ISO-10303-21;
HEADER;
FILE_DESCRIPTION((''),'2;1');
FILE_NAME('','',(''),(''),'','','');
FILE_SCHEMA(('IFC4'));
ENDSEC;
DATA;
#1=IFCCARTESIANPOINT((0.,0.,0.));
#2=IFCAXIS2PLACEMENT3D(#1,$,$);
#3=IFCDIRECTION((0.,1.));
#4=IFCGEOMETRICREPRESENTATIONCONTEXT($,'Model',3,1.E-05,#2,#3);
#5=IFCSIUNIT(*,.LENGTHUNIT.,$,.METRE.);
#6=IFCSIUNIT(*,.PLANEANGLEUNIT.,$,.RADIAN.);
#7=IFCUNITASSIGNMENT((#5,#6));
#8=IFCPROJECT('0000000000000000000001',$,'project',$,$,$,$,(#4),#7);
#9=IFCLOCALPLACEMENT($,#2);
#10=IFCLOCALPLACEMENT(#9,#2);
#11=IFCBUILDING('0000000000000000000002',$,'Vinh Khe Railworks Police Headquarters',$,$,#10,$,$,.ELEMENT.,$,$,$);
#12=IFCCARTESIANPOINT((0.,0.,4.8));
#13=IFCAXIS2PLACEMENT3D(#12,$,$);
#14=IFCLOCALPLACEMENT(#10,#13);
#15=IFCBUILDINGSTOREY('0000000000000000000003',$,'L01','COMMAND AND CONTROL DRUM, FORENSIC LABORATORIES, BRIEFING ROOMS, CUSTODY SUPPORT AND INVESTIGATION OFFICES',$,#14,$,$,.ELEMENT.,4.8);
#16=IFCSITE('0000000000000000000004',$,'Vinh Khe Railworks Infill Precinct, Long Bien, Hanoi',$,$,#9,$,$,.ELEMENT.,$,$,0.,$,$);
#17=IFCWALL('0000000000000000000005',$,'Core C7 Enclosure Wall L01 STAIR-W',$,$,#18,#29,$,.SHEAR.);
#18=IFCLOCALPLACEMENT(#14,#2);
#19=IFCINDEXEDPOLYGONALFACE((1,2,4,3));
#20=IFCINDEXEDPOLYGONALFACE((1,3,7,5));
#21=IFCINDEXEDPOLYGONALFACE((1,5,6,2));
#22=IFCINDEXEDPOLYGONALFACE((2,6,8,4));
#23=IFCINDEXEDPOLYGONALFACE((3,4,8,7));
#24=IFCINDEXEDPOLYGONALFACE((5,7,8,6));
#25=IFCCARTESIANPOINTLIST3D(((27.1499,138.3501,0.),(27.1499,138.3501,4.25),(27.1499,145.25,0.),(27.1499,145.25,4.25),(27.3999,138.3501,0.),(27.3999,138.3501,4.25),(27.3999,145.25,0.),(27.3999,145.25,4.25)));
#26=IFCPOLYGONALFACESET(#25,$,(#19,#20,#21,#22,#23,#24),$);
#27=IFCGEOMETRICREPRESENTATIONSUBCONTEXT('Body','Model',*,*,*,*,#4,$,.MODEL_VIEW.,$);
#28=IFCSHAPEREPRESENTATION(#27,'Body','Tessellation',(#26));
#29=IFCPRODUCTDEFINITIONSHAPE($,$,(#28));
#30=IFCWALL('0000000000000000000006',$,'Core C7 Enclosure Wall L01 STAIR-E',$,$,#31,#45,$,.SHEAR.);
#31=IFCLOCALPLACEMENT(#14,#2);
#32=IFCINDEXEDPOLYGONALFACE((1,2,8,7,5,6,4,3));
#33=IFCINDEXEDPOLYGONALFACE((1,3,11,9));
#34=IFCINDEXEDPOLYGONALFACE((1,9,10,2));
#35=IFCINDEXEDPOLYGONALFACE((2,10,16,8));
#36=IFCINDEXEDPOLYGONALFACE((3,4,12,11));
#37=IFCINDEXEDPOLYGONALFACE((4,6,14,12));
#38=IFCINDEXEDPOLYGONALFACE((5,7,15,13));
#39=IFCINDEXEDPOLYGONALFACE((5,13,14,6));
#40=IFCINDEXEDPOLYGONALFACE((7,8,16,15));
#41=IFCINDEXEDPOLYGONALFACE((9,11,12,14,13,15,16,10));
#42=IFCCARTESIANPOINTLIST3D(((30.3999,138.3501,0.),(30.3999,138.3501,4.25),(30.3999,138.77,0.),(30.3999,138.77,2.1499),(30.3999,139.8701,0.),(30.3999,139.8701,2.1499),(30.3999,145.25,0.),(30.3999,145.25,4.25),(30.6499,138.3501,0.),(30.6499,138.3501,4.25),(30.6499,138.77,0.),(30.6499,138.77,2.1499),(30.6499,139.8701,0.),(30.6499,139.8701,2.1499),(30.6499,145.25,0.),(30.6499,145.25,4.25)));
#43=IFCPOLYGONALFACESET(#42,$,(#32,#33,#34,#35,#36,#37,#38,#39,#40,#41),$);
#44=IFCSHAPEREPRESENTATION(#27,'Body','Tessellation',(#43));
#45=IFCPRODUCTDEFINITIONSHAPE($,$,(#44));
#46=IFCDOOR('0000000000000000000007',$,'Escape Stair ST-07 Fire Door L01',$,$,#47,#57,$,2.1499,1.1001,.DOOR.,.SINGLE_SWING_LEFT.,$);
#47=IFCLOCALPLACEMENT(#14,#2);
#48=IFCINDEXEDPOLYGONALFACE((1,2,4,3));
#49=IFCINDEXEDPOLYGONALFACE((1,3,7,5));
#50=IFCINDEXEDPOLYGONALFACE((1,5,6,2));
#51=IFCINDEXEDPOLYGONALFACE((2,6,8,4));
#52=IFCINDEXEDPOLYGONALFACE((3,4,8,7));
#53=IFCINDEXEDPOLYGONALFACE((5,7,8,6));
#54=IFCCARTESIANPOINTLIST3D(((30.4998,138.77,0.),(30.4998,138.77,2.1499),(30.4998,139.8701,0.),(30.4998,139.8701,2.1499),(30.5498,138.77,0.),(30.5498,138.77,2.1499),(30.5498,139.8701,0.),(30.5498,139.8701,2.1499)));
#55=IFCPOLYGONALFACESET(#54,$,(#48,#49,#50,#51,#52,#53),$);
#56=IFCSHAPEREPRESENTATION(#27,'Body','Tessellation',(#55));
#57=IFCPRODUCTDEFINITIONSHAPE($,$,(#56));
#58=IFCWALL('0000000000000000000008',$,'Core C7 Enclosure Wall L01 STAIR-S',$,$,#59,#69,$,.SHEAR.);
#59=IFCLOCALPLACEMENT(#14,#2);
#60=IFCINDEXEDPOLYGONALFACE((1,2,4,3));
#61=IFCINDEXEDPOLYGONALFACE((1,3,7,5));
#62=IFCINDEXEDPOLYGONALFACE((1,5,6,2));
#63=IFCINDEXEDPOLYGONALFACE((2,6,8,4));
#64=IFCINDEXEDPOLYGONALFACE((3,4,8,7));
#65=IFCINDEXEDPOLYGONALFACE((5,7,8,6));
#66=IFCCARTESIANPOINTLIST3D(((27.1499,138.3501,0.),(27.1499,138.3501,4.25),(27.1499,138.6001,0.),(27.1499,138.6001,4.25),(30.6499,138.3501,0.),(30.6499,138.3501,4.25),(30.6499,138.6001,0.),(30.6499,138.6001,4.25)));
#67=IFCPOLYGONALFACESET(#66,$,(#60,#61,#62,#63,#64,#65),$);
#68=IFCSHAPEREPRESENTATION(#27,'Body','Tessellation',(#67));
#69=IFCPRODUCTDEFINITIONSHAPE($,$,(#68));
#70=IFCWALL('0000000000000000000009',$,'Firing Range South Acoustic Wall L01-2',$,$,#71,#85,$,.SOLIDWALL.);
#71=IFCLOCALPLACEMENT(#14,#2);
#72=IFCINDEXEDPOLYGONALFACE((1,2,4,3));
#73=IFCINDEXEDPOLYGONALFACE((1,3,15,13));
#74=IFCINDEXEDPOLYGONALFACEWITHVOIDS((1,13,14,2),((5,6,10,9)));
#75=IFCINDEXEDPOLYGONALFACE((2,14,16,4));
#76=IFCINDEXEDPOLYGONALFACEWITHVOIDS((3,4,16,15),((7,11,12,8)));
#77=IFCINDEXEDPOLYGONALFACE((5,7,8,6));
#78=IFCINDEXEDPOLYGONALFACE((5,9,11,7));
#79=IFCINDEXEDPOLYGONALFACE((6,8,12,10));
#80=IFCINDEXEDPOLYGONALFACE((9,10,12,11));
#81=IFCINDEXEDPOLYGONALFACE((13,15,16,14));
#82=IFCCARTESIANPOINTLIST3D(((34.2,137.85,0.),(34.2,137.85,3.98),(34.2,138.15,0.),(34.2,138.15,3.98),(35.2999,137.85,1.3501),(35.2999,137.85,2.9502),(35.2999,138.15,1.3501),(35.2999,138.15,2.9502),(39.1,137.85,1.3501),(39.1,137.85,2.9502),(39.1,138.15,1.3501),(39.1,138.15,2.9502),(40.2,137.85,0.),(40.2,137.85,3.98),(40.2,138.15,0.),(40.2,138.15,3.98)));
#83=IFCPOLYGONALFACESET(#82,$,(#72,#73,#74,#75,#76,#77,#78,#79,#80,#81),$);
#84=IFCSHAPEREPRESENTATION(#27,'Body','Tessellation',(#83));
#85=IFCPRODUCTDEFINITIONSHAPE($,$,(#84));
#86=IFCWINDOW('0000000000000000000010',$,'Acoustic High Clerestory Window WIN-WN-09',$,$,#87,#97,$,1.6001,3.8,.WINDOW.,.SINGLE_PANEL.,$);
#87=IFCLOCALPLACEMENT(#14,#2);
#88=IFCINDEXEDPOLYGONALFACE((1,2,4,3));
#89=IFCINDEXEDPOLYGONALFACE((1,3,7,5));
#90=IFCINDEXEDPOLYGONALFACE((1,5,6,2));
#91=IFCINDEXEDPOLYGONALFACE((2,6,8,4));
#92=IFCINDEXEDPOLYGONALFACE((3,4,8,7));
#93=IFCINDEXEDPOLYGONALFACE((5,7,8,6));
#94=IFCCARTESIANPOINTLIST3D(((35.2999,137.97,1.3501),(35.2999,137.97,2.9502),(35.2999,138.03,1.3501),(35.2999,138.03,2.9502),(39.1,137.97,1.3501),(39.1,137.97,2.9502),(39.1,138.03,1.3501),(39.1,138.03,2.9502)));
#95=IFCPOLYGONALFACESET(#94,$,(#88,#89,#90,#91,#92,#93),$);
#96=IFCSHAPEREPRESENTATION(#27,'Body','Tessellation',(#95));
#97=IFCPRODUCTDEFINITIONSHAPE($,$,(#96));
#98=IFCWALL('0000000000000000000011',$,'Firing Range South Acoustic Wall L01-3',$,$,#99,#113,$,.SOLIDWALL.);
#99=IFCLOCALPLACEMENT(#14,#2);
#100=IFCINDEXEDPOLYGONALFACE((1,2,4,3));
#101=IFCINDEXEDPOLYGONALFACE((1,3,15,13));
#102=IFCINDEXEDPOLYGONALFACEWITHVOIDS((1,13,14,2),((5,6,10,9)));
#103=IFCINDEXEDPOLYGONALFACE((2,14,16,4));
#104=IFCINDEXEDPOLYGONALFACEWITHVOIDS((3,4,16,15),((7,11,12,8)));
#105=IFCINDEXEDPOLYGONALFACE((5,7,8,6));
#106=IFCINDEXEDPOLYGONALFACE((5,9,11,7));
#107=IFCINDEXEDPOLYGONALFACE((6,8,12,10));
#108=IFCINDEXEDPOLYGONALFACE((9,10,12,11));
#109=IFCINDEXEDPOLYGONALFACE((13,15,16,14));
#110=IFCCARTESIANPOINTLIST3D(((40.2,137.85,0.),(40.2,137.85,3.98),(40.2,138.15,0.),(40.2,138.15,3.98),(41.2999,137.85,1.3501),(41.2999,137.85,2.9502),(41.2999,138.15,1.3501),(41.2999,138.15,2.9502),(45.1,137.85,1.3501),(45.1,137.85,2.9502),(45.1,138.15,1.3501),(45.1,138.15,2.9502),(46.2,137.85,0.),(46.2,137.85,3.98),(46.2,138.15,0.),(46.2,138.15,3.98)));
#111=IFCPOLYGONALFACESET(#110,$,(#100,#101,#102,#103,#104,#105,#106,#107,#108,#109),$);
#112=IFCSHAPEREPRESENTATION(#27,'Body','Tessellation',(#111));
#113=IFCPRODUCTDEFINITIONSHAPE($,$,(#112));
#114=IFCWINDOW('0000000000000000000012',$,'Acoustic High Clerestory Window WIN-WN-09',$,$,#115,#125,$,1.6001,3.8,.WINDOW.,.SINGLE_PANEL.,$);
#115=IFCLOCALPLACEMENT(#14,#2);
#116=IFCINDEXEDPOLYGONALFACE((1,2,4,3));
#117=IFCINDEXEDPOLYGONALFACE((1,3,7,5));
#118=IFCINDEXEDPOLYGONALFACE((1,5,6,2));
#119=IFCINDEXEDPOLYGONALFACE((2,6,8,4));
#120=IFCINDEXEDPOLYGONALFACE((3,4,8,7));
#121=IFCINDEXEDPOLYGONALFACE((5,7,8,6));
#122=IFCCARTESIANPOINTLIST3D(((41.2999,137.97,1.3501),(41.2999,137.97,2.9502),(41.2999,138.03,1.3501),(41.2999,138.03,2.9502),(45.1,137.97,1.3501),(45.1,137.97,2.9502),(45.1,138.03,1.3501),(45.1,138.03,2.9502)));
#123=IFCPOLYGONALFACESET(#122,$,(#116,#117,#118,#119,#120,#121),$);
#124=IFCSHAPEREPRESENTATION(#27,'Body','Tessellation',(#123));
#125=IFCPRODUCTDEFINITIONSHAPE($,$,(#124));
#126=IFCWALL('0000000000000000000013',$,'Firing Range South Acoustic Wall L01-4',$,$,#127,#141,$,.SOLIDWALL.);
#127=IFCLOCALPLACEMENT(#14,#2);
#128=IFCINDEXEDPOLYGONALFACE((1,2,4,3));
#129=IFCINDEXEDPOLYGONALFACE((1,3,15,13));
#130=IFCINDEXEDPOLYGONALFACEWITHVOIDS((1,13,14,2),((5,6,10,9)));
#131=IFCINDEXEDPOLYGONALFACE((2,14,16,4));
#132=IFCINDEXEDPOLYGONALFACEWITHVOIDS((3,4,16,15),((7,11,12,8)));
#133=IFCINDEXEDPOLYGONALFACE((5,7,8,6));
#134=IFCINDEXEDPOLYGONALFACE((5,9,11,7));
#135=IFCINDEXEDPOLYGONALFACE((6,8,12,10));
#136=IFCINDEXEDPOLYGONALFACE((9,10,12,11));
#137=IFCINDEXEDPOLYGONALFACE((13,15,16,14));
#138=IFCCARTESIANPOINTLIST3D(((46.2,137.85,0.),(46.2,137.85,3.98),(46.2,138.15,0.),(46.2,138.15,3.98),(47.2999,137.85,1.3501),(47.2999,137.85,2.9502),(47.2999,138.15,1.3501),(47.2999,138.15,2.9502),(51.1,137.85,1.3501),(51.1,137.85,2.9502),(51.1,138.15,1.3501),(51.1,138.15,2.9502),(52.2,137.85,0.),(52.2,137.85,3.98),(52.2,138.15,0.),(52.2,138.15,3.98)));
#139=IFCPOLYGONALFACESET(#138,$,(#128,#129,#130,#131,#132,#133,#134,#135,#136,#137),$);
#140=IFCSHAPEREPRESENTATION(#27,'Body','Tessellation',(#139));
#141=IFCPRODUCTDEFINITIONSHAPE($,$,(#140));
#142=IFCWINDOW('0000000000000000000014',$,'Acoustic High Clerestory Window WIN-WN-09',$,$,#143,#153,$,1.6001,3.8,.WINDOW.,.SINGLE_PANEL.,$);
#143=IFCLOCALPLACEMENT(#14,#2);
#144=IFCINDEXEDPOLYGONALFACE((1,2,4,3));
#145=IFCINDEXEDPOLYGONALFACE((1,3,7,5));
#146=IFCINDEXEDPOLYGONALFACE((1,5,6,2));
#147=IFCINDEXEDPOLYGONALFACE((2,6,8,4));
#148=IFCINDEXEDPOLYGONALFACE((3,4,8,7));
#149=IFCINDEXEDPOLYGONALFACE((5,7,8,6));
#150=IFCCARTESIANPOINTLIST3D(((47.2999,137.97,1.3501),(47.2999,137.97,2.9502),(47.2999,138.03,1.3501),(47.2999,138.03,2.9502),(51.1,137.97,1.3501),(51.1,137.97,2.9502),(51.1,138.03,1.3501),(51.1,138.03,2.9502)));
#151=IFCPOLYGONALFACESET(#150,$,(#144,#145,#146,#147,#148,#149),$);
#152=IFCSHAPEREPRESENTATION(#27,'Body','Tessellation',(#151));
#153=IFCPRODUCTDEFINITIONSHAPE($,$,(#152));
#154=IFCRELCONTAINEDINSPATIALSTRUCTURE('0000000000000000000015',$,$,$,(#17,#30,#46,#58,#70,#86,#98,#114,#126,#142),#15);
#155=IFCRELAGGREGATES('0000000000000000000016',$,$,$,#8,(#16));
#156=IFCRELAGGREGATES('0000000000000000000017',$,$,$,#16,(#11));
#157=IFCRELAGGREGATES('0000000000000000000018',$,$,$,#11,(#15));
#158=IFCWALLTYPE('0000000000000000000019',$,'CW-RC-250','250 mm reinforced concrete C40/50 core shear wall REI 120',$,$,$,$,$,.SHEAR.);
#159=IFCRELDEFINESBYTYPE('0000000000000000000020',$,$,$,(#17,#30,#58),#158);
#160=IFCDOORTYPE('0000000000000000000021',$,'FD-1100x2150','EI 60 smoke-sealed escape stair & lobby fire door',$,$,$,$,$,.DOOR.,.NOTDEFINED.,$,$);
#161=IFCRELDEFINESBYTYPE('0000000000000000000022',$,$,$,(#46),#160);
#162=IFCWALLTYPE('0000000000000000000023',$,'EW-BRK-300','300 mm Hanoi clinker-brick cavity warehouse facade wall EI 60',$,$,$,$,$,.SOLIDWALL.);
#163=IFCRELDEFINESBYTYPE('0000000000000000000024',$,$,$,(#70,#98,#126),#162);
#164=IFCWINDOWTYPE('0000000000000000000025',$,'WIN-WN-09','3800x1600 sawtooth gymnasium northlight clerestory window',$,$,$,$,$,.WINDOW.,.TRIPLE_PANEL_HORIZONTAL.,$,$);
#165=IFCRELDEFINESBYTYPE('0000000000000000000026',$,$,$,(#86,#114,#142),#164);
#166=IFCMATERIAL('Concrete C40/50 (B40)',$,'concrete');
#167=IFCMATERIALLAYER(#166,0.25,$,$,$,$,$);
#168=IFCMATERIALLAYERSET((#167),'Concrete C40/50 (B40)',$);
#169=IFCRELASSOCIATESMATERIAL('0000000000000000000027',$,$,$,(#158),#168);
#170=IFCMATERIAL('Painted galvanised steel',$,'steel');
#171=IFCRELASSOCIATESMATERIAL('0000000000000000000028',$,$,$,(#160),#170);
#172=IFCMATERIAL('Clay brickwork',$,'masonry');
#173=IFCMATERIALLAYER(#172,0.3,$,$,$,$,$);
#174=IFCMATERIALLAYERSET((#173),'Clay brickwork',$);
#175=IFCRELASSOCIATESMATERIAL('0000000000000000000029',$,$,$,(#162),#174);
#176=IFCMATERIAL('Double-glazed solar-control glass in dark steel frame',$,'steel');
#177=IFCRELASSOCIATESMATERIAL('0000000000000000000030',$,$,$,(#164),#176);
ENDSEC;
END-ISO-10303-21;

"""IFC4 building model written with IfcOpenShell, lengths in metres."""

from ifc_helpers import new_model, si_unit, direction, frame, frame_2d, origin, place, context, subcontext, project, spatial, rectangle, extrude, material, layer, layer_set, type_object, element, fill, save


model = new_model("IFC4")

# Units and contexts
model_context = context("Model", 3, precision=1e-05, world=origin(), true_north=direction((0.0, 1.0)))
body_context = subcontext(model_context, "Body", "Model", "MODEL_VIEW")
ifc_project = project(units=[si_unit("LENGTHUNIT", "METRE"), si_unit("PLANEANGLEUNIT", "RADIAN")], contexts=[model_context])

# Site, building, storey
site_placement = place(None, origin())
site = spatial("IfcSite", under=ifc_project, at=site_placement, Name="Vinh Khe Railworks Infill Precinct, Long Bien, Hanoi", CompositionType="ELEMENT", RefElevation=0.0)
building_placement = place(site_placement, origin())
building = spatial("IfcBuilding", under=site, at=building_placement, Name="Vinh Khe Railworks Police Headquarters", CompositionType="ELEMENT")
storey_placement = place(building_placement, frame((0.0, 0.0, 4.8)))
storey = spatial("IfcBuildingStorey", under=building, at=storey_placement, Name="L01", Description="COMMAND AND CONTROL DRUM, FORENSIC LABORATORIES, BRIEFING ROOMS, CUSTODY SUPPORT AND INVESTIGATION OFFICES", CompositionType="ELEMENT", Elevation=4.8)

# Wall
ifc_material_1 = material(Name="Concrete C40/50 (B40)", Category="concrete")
ifc_layer_1 = layer(ifc_material_1, 0.25)
ifc_layer_set_1 = layer_set([ifc_layer_1], Name="Concrete C40/50 (B40)")
wall_type_1 = type_object("IfcWallType", Name="CW-RC-250", Description="250 mm reinforced concrete C40/50 core shear wall REI 120", PredefinedType="SHEAR", material=ifc_layer_set_1)
wall_1_placement = place(storey_placement, frame((27.2749, 138.3501, 0.0), z_axis=(0.0, 0.0, 1.0), x_axis=(0.0, 1.0, 0.0)))
element("IfcWall", 1, at=wall_1_placement, inside=storey, type_object=wall_type_1, Name="Core C7 Enclosure Wall L01 STAIR-W", PredefinedType="SHEAR", context=body_context, shape_type="SweptSolid", body=[
    extrude(rectangle(XDim=6.8999, YDim=0.25, at=frame_2d((3.45, 0.0))), origin(), (0.0, 0.0, 1.0), 4.25),
])

# Wall, opening, door
wall_2_placement = place(storey_placement, frame((30.5249, 138.3501, 0.0), z_axis=(0.0, 0.0, 1.0), x_axis=(0.0, 1.0, 0.0)))
wall_2 = element("IfcWall", 2, at=wall_2_placement, inside=storey, type_object=wall_type_1, Name="Core C7 Enclosure Wall L01 STAIR-E", PredefinedType="SHEAR", context=body_context, shape_type="SweptSolid", body=[
    extrude(rectangle(XDim=6.8999, YDim=0.25, at=frame_2d((3.45, 0.0))), origin(), (0.0, 0.0, 1.0), 4.25),
])
opening_1_placement = place(wall_2_placement, frame((0.4199, 0.0, 0.0)))
opening_1 = element("IfcOpeningElement", 3, at=opening_1_placement, cuts=wall_2, PredefinedType="OPENING", context=body_context, shape_type="SweptSolid", body=[
    extrude(rectangle(XDim=1.1001, YDim=2.1499, at=frame_2d((0.55, 1.075))), frame((0.0, 0.1399, 0.0), z_axis=(0.0, -1.0, 0.0), x_axis=(1.0, 0.0, 0.0)), (0.0, 0.0, 1.0), 0.2798),
])
ifc_material_2 = material(Name="Painted galvanised steel", Category="steel")
door_type_1 = type_object("IfcDoorType", Name="FD-1100x2150", Description="EI 60 smoke-sealed escape stair & lobby fire door", OperationType="NOTDEFINED", PredefinedType="DOOR", material=ifc_material_2)
door_1_placement = place(opening_1_placement, frame((1.1001, 0.0, 0.0), z_axis=(0.0, 0.0, 1.0), x_axis=(-1.0, 0.0, 0.0)))
door_1 = element("IfcDoor", 4, at=door_1_placement, inside=storey, type_object=door_type_1, Name="Escape Stair ST-07 Fire Door L01", OperationType="SINGLE_SWING_LEFT", OverallHeight=2.1499, OverallWidth=1.1001, PredefinedType="DOOR", context=body_context, shape_type="SweptSolid", body=[
    extrude(rectangle(XDim=1.1001, YDim=2.1499, at=frame_2d((0.55, 1.075))), frame((0.0, 0.0249, 0.0), z_axis=(0.0, -1.0, 0.0), x_axis=(1.0, 0.0, 0.0)), (0.0, 0.0, 1.0), 0.05),
])
fill(opening_1, door_1)

# Wall
wall_3_placement = place(storey_placement, frame((27.1499, 138.4751, 0.0), z_axis=(0.0, 0.0, 1.0), x_axis=(1.0, 0.0, 0.0)))
element("IfcWall", 5, at=wall_3_placement, inside=storey, type_object=wall_type_1, Name="Core C7 Enclosure Wall L01 STAIR-S", PredefinedType="SHEAR", context=body_context, shape_type="SweptSolid", body=[
    extrude(rectangle(XDim=3.5, YDim=0.25, at=frame_2d((1.75, 0.0))), origin(), (0.0, 0.0, 1.0), 4.25),
])

# Walls, openings, windows
ifc_material_3 = material(Name="Clay brickwork", Category="masonry")
ifc_layer_2 = layer(ifc_material_3, 0.3)
ifc_layer_set_2 = layer_set([ifc_layer_2], Name="Clay brickwork")
wall_type_2 = type_object("IfcWallType", Name="EW-BRK-300", Description="300 mm Hanoi clinker-brick cavity warehouse facade wall EI 60", PredefinedType="SOLIDWALL", material=ifc_layer_set_2)
wall_4_placement = place(storey_placement, frame((34.2, 138.0, 0.0), z_axis=(0.0, 0.0, 1.0), x_axis=(1.0, 0.0, 0.0)))
wall_4 = element("IfcWall", 6, at=wall_4_placement, inside=storey, type_object=wall_type_2, Name="Firing Range South Acoustic Wall L01-2", PredefinedType="SOLIDWALL", context=body_context, shape_type="SweptSolid", body=[
    extrude(rectangle(XDim=6.0, YDim=0.3, at=frame_2d((3.0, 0.0))), origin(), (0.0, 0.0, 1.0), 3.98),
])
opening_2_placement = place(wall_4_placement, frame((1.1001, 0.0, 1.3501)))
opening_2 = element("IfcOpeningElement", 7, at=opening_2_placement, cuts=wall_4, PredefinedType="OPENING", context=body_context, shape_type="SweptSolid", body=[
    extrude(rectangle(XDim=3.8, YDim=1.6001, at=frame_2d((1.8999, 0.8))), frame((0.0, 0.165, 0.0), z_axis=(0.0, -1.0, 0.0), x_axis=(1.0, 0.0, 0.0)), (0.0, 0.0, 1.0), 0.3298),
])
ifc_material_4 = material(Name="Double-glazed solar-control glass in dark steel frame", Category="steel")
window_type_1 = type_object("IfcWindowType", Name="WIN-WN-09", Description="3800x1600 sawtooth gymnasium northlight clerestory window", PartitioningType="TRIPLE_PANEL_HORIZONTAL", PredefinedType="WINDOW", material=ifc_material_4)
window_1_placement = place(opening_2_placement, origin())
window_1 = element("IfcWindow", 8, at=window_1_placement, inside=storey, type_object=window_type_1, Name="Acoustic High Clerestory Window WIN-WN-09", OverallHeight=1.6001, OverallWidth=3.8, PartitioningType="SINGLE_PANEL", PredefinedType="WINDOW", context=body_context, shape_type="SweptSolid", body=[
    extrude(rectangle(XDim=3.8, YDim=1.6001, at=frame_2d((1.8999, 0.8))), frame((0.0, 0.03, 0.0), z_axis=(0.0, -1.0, 0.0), x_axis=(1.0, 0.0, 0.0)), (0.0, 0.0, 1.0), 0.0601),
])
fill(opening_2, window_1)
wall_5_placement = place(storey_placement, frame((40.2, 138.0, 0.0), z_axis=(0.0, 0.0, 1.0), x_axis=(1.0, 0.0, 0.0)))
wall_5 = element("IfcWall", 9, at=wall_5_placement, inside=storey, type_object=wall_type_2, Name="Firing Range South Acoustic Wall L01-3", PredefinedType="SOLIDWALL", context=body_context, shape_type="SweptSolid", body=[
    extrude(rectangle(XDim=6.0, YDim=0.3, at=frame_2d((3.0, 0.0))), origin(), (0.0, 0.0, 1.0), 3.98),
])
opening_3_placement = place(wall_5_placement, frame((1.1001, 0.0, 1.3501)))
opening_3 = element("IfcOpeningElement", 10, at=opening_3_placement, cuts=wall_5, PredefinedType="OPENING", context=body_context, shape_type="SweptSolid", body=[
    extrude(rectangle(XDim=3.8, YDim=1.6001, at=frame_2d((1.8999, 0.8))), frame((0.0, 0.165, 0.0), z_axis=(0.0, -1.0, 0.0), x_axis=(1.0, 0.0, 0.0)), (0.0, 0.0, 1.0), 0.3298),
])
window_2_placement = place(opening_3_placement, origin())
window_2 = element("IfcWindow", 11, at=window_2_placement, inside=storey, type_object=window_type_1, Name="Acoustic High Clerestory Window WIN-WN-09", OverallHeight=1.6001, OverallWidth=3.8, PartitioningType="SINGLE_PANEL", PredefinedType="WINDOW", context=body_context, shape_type="SweptSolid", body=[
    extrude(rectangle(XDim=3.8, YDim=1.6001, at=frame_2d((1.8999, 0.8))), frame((0.0, 0.03, 0.0), z_axis=(0.0, -1.0, 0.0), x_axis=(1.0, 0.0, 0.0)), (0.0, 0.0, 1.0), 0.0601),
])
fill(opening_3, window_2)
wall_6_placement = place(storey_placement, frame((46.2, 138.0, 0.0), z_axis=(0.0, 0.0, 1.0), x_axis=(1.0, 0.0, 0.0)))
wall_6 = element("IfcWall", 12, at=wall_6_placement, inside=storey, type_object=wall_type_2, Name="Firing Range South Acoustic Wall L01-4", PredefinedType="SOLIDWALL", context=body_context, shape_type="SweptSolid", body=[
    extrude(rectangle(XDim=6.0, YDim=0.3, at=frame_2d((3.0, 0.0))), origin(), (0.0, 0.0, 1.0), 3.98),
])
opening_4_placement = place(wall_6_placement, frame((1.1001, 0.0, 1.3501)))
opening_4 = element("IfcOpeningElement", 13, at=opening_4_placement, cuts=wall_6, PredefinedType="OPENING", context=body_context, shape_type="SweptSolid", body=[
    extrude(rectangle(XDim=3.8, YDim=1.6001, at=frame_2d((1.8999, 0.8))), frame((0.0, 0.165, 0.0), z_axis=(0.0, -1.0, 0.0), x_axis=(1.0, 0.0, 0.0)), (0.0, 0.0, 1.0), 0.3298),
])
window_3_placement = place(opening_4_placement, origin())
window_3 = element("IfcWindow", 14, at=window_3_placement, inside=storey, type_object=window_type_1, Name="Acoustic High Clerestory Window WIN-WN-09", OverallHeight=1.6001, OverallWidth=3.8, PartitioningType="SINGLE_PANEL", PredefinedType="WINDOW", context=body_context, shape_type="SweptSolid", body=[
    extrude(rectangle(XDim=3.8, YDim=1.6001, at=frame_2d((1.8999, 0.8))), frame((0.0, 0.03, 0.0), z_axis=(0.0, -1.0, 0.0), x_axis=(1.0, 0.0, 0.0)), (0.0, 0.0, 1.0), 0.0601),
])
fill(opening_4, window_3)

save(model, "model.ifc")
